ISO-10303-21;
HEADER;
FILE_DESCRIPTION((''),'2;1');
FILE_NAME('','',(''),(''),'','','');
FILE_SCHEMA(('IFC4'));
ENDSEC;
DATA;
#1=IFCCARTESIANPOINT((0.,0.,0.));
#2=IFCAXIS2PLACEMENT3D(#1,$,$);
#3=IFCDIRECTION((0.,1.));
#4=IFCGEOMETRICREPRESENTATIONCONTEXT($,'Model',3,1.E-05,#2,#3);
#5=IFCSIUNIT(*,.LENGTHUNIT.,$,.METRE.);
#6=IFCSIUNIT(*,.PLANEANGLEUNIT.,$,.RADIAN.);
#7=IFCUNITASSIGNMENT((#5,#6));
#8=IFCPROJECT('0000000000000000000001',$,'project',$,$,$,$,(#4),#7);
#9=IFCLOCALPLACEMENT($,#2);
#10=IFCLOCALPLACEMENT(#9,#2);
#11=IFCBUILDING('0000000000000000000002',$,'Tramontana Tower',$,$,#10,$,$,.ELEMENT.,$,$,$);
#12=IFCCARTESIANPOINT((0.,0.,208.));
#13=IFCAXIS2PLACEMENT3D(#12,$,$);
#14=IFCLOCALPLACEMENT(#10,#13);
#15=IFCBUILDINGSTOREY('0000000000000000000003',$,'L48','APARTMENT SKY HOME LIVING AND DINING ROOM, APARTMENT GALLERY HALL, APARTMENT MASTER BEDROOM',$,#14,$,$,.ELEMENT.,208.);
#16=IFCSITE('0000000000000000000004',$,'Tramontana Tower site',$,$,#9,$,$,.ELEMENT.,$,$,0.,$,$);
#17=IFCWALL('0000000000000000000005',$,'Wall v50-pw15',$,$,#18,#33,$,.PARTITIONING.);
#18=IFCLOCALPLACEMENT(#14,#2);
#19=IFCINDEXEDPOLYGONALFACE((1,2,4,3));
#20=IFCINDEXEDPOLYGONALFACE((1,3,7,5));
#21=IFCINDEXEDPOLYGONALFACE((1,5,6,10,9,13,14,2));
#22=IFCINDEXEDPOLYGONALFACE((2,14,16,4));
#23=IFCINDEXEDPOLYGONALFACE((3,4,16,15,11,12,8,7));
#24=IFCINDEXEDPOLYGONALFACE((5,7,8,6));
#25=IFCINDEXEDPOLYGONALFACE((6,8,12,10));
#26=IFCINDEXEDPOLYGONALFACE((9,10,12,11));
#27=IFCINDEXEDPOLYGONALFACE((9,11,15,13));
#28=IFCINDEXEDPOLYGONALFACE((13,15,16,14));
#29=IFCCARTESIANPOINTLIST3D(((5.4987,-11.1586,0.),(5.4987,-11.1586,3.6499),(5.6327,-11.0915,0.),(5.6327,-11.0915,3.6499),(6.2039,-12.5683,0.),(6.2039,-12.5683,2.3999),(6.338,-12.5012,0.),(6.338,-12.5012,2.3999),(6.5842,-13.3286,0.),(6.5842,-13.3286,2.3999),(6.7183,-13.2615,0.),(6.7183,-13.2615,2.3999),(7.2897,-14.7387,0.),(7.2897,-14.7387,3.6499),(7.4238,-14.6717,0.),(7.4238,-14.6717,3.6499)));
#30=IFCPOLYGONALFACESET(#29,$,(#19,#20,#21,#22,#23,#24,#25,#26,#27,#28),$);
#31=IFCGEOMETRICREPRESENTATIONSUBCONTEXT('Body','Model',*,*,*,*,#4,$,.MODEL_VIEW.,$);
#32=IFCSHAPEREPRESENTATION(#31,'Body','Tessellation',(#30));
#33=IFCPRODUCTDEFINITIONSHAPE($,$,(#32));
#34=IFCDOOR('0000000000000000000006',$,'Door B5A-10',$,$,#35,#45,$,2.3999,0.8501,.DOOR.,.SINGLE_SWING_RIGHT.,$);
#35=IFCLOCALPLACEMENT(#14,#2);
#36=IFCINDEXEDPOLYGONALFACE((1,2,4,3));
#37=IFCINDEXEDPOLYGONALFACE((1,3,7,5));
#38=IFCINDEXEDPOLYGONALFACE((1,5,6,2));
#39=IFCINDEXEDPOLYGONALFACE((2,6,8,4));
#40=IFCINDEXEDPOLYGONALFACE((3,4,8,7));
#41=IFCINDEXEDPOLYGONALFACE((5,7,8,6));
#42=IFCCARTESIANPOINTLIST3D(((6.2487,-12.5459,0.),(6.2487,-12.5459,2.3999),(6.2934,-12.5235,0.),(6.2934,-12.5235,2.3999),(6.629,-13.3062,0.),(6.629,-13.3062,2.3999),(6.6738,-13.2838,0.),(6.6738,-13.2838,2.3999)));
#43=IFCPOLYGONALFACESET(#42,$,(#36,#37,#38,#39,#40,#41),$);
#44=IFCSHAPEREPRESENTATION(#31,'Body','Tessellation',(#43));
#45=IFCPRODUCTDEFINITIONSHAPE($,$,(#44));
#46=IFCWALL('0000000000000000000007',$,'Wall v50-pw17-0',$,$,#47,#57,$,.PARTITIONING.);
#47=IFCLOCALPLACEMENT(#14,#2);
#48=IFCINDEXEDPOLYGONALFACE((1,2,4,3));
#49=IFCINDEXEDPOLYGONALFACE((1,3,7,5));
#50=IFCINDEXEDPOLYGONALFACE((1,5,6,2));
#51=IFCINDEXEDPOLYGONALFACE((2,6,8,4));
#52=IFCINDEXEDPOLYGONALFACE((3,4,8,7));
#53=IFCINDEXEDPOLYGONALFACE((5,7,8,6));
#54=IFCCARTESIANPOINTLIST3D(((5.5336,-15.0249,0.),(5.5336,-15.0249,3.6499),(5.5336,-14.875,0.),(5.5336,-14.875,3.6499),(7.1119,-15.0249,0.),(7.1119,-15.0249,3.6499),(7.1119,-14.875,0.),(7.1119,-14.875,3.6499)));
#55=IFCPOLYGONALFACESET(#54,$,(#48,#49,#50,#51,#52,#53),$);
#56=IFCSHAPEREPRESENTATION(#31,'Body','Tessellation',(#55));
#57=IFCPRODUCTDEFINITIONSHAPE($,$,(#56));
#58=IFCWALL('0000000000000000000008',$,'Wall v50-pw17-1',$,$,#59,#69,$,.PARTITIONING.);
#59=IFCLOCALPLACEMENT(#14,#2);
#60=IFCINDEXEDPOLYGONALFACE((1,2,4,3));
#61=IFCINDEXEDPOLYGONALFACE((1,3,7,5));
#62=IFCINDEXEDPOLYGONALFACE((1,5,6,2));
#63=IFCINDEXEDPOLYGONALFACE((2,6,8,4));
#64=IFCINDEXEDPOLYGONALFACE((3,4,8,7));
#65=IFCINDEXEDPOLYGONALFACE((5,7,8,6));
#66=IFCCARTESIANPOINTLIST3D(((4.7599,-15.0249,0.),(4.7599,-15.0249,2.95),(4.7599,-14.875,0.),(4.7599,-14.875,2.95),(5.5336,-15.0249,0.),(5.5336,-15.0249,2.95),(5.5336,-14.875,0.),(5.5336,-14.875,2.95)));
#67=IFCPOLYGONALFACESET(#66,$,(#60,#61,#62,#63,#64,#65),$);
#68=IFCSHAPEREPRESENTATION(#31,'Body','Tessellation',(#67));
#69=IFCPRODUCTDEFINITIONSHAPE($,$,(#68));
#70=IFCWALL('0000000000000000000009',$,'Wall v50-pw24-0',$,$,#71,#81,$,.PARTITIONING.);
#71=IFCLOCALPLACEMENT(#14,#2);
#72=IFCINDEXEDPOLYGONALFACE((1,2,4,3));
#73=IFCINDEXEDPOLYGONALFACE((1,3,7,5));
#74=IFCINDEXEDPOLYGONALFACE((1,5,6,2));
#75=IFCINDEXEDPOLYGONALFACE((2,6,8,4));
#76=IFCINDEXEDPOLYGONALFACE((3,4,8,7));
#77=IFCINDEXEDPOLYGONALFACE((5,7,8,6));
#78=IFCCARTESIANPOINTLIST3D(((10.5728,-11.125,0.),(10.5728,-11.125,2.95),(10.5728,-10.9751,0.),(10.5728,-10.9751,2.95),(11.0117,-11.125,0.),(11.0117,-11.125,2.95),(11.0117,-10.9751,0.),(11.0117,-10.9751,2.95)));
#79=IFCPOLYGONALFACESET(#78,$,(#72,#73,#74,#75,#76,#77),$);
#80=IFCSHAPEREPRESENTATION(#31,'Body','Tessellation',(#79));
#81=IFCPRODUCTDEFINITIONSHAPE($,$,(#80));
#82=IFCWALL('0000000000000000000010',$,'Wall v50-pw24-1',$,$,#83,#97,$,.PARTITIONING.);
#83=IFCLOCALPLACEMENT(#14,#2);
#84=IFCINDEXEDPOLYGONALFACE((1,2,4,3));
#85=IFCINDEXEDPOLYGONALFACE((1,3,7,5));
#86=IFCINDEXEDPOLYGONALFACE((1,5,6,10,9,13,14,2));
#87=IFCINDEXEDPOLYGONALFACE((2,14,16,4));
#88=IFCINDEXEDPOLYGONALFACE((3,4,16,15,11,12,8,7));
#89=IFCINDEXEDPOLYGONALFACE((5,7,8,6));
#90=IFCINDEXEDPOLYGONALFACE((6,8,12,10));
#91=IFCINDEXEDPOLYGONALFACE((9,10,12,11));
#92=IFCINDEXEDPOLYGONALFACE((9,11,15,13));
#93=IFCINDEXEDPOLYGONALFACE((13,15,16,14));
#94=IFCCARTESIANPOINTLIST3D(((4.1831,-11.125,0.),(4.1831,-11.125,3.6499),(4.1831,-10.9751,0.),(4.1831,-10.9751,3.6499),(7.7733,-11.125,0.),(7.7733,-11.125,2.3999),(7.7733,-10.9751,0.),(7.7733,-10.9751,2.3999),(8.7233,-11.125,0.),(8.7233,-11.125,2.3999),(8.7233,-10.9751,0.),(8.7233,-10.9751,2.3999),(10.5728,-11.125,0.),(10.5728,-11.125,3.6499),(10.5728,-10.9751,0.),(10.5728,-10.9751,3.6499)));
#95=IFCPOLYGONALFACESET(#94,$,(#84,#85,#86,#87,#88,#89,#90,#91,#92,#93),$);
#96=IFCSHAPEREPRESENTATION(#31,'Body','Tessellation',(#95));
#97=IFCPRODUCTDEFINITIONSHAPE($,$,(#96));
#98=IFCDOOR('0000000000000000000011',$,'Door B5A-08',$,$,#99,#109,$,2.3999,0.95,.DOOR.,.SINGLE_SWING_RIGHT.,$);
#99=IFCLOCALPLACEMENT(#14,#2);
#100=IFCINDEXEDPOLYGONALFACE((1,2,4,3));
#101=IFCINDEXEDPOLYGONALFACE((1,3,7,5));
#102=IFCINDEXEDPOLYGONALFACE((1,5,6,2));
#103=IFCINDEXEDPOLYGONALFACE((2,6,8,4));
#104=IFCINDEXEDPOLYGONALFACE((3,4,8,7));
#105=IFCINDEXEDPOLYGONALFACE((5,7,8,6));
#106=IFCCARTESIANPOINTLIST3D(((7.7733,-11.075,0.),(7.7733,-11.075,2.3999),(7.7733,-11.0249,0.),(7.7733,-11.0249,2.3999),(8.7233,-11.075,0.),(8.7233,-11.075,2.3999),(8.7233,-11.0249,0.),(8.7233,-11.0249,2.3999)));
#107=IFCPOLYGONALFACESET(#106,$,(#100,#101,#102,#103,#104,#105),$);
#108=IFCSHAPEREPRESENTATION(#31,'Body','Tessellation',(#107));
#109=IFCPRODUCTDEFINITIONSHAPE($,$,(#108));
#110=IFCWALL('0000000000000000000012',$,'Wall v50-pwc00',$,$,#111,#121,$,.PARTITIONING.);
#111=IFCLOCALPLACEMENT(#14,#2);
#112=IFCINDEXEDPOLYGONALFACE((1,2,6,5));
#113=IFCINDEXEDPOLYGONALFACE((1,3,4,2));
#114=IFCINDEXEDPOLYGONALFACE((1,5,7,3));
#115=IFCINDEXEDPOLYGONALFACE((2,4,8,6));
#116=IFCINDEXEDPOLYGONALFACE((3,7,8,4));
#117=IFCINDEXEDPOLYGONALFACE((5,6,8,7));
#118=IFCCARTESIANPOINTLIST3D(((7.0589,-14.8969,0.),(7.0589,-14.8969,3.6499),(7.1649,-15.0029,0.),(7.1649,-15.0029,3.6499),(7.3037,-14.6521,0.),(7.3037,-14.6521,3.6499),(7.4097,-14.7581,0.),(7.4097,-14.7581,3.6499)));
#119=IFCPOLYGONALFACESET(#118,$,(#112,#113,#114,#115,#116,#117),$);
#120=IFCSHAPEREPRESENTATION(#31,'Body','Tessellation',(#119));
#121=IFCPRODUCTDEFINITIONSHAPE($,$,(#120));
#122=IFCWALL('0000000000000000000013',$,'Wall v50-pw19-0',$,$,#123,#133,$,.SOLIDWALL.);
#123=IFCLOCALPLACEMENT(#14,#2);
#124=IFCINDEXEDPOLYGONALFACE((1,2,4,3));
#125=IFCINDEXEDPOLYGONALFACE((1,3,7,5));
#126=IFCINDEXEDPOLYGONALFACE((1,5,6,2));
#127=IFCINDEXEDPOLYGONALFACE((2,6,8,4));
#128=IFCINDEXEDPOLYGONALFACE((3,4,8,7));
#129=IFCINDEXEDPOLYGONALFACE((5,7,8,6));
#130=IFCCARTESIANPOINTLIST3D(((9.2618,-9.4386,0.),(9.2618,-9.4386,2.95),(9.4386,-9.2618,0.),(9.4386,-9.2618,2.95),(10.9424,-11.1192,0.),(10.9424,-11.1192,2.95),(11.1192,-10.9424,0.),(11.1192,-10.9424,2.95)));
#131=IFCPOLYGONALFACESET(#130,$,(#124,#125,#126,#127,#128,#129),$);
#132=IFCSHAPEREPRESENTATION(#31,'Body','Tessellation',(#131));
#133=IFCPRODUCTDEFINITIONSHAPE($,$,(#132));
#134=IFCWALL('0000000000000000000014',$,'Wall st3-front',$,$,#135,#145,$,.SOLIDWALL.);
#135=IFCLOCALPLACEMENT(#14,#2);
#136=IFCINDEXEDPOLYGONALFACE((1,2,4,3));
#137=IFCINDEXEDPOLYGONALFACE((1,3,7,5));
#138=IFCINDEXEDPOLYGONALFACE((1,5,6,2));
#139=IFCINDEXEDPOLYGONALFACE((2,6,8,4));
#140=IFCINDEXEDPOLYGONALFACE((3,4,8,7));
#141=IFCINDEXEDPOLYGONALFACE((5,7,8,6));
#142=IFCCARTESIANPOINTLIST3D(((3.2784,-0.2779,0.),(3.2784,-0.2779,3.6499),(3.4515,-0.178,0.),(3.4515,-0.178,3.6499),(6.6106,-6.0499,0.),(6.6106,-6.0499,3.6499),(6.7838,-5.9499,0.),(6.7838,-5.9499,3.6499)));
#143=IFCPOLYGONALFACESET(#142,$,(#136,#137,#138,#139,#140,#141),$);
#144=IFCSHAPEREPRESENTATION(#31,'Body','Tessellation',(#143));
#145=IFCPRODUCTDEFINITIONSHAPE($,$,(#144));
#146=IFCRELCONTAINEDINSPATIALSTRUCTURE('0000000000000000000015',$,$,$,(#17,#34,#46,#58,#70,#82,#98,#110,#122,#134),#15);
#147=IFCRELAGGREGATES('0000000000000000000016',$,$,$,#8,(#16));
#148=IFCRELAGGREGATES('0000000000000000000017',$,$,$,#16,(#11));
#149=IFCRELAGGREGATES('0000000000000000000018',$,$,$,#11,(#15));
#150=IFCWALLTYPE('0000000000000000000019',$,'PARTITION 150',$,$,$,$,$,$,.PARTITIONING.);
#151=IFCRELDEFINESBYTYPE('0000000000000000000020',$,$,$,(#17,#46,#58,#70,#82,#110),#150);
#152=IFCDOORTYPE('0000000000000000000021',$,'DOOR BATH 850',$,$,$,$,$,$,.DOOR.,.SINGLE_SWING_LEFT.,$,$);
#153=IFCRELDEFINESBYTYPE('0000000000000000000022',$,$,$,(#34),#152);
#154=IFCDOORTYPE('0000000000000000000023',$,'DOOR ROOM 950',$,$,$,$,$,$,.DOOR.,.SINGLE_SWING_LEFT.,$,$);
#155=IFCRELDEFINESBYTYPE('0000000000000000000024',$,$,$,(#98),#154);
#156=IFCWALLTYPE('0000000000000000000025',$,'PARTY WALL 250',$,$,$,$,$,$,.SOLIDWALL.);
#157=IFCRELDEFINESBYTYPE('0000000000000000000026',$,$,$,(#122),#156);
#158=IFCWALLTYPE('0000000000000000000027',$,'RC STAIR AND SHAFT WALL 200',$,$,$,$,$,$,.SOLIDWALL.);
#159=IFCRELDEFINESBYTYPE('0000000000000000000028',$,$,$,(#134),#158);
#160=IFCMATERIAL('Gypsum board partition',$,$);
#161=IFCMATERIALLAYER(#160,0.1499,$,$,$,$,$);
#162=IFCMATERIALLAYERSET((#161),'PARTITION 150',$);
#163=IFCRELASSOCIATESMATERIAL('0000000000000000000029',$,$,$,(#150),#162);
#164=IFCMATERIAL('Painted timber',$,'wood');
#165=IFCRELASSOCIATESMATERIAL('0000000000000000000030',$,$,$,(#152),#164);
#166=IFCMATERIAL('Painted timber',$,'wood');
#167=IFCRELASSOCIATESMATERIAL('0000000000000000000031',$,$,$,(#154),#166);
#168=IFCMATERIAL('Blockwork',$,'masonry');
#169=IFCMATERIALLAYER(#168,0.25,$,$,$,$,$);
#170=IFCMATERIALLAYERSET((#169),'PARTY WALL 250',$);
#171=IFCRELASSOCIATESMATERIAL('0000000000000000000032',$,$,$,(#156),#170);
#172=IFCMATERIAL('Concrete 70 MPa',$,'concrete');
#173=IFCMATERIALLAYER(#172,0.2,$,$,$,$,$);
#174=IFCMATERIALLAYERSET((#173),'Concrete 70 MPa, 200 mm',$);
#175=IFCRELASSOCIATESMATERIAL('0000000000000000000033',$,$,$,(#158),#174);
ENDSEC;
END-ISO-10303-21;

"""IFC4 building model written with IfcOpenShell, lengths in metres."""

from ifc_helpers import new_model, si_unit, direction, frame, frame_2d, origin, place, context, subcontext, project, spatial, rectangle, extrude, material, layer, layer_set, type_object, element, fill, save


model = new_model("IFC4")

# Units and contexts
model_context = context("Model", 3, precision=1e-05, world=origin(), true_north=direction((0.0, 1.0)))
body_context = subcontext(model_context, "Body", "Model", "MODEL_VIEW")
ifc_project = project(units=[si_unit("LENGTHUNIT", "METRE"), si_unit("PLANEANGLEUNIT", "RADIAN")], contexts=[model_context])

# Site, building, storey
site_placement = place(None, origin())
site = spatial("IfcSite", under=ifc_project, at=site_placement, Name="Tramontana Tower site", CompositionType="ELEMENT", RefElevation=0.0)
building_placement = place(site_placement, origin())
building = spatial("IfcBuilding", under=site, at=building_placement, Name="Tramontana Tower", CompositionType="ELEMENT")
storey_placement = place(building_placement, frame((0.0, 0.0, 208.0)))
storey = spatial("IfcBuildingStorey", under=building, at=storey_placement, Name="L48", Description="APARTMENT SKY HOME LIVING AND DINING ROOM, APARTMENT GALLERY HALL, APARTMENT MASTER BEDROOM", CompositionType="ELEMENT", Elevation=208.0)

# Wall, opening, door
ifc_material_1 = material(Name="Gypsum board partition")
ifc_layer_1 = layer(ifc_material_1, 0.1499)
ifc_layer_set_1 = layer_set([ifc_layer_1], Name="PARTITION 150")
wall_type_1 = type_object("IfcWallType", Name="PARTITION 150", PredefinedType="PARTITIONING", material=ifc_layer_set_1)
wall_1_placement = place(storey_placement, frame((7.3567, -14.7051, 0.0), z_axis=(0.0, 0.0, 1.0), x_axis=(-0.447409, 0.89433, 0.0)))
wall_1 = element("IfcWall", 1, at=wall_1_placement, inside=storey, type_object=wall_type_1, Name="Wall v50-pw15", PredefinedType="PARTITIONING", context=body_context, shape_type="SweptSolid", body=[
    extrude(rectangle(XDim=4.0032, YDim=0.1499, at=frame_2d((2.0015, 0.0))), origin(), (0.0, 0.0, 1.0), 3.6499),
])
opening_1_placement = place(wall_1_placement, frame((1.5767, 0.0, 0.0)))
opening_1 = element("IfcOpeningElement", 2, at=opening_1_placement, cuts=wall_1, PredefinedType="OPENING", context=body_context, shape_type="SweptSolid", body=[
    extrude(rectangle(XDim=0.8501, YDim=2.3999, at=frame_2d((0.425, 1.2))), frame((0.0, 0.085, 0.0), z_axis=(0.0, -1.0, 0.0), x_axis=(1.0, 0.0, 0.0)), (0.0, 0.0, 1.0), 0.1699),
])
ifc_material_2 = material(Name="Painted timber", Category="wood")
door_type_1 = type_object("IfcDoorType", Name="DOOR BATH 850", OperationType="SINGLE_SWING_LEFT", PredefinedType="DOOR", material=ifc_material_2)
door_1_placement = place(opening_1_placement, origin())
door_1 = element("IfcDoor", 3, at=door_1_placement, inside=storey, type_object=door_type_1, Name="Door B5A-10", OperationType="SINGLE_SWING_RIGHT", OverallHeight=2.3999, OverallWidth=0.8501, PredefinedType="DOOR", context=body_context, shape_type="SweptSolid", body=[
    extrude(rectangle(XDim=0.8501, YDim=2.3999, at=frame_2d((0.425, 1.2))), frame((0.0, 0.0249, 0.0), z_axis=(0.0, -1.0, 0.0), x_axis=(1.0, 0.0, 0.0)), (0.0, 0.0, 1.0), 0.05),
])
fill(opening_1, door_1)

# Walls
wall_2_placement = place(storey_placement, frame((7.1118, -14.95, 0.0), z_axis=(0.0, 0.0, 1.0), x_axis=(-1.0, 0.0, 0.0)))
element("IfcWall", 4, at=wall_2_placement, inside=storey, type_object=wall_type_1, Name="Wall v50-pw17-0", PredefinedType="PARTITIONING", context=body_context, shape_type="SweptSolid", body=[
    extrude(rectangle(XDim=1.5784, YDim=0.1499, at=frame_2d((0.7891, 0.0))), origin(), (0.0, 0.0, 1.0), 3.6499),
])
wall_3_placement = place(storey_placement, frame((5.5334, -14.95, 0.0), z_axis=(0.0, 0.0, 1.0), x_axis=(-1.0, 0.0, 0.0)))
element("IfcWall", 5, at=wall_3_placement, inside=storey, type_object=wall_type_1, Name="Wall v50-pw17-1", PredefinedType="PARTITIONING", context=body_context, shape_type="SweptSolid", body=[
    extrude(rectangle(XDim=0.7737, YDim=0.1499, at=frame_2d((0.3867, 0.0))), origin(), (0.0, 0.0, 1.0), 2.95),
])
wall_4_placement = place(storey_placement, frame((11.0117, -11.05, 0.0), z_axis=(0.0, 0.0, 1.0), x_axis=(-1.0, 0.0, 0.0)))
element("IfcWall", 6, at=wall_4_placement, inside=storey, type_object=wall_type_1, Name="Wall v50-pw24-0", PredefinedType="PARTITIONING", context=body_context, shape_type="SweptSolid", body=[
    extrude(rectangle(XDim=0.439, YDim=0.1499, at=frame_2d((0.2195, 0.0))), origin(), (0.0, 0.0, 1.0), 2.95),
])

# Wall, opening, door
wall_5_placement = place(storey_placement, frame((10.5728, -11.05, 0.0), z_axis=(0.0, 0.0, 1.0), x_axis=(-1.0, 0.0, 0.0)))
wall_5 = element("IfcWall", 7, at=wall_5_placement, inside=storey, type_object=wall_type_1, Name="Wall v50-pw24-1", PredefinedType="PARTITIONING", context=body_context, shape_type="SweptSolid", body=[
    extrude(rectangle(XDim=6.3896, YDim=0.1499, at=frame_2d((3.1948, 0.0))), origin(), (0.0, 0.0, 1.0), 3.6499),
])
opening_2_placement = place(wall_5_placement, frame((1.8494, 0.0, 0.0)))
opening_2 = element("IfcOpeningElement", 8, at=opening_2_placement, cuts=wall_5, PredefinedType="OPENING", context=body_context, shape_type="SweptSolid", body=[
    extrude(rectangle(XDim=0.95, YDim=2.3999, at=frame_2d((0.4751, 1.2))), frame((0.0, 0.085, 0.0), z_axis=(0.0, -1.0, 0.0), x_axis=(1.0, 0.0, 0.0)), (0.0, 0.0, 1.0), 0.1699),
])
ifc_material_3 = material(Name="Painted timber", Category="wood")
door_type_2 = type_object("IfcDoorType", Name="DOOR ROOM 950", OperationType="SINGLE_SWING_LEFT", PredefinedType="DOOR", material=ifc_material_3)
door_2_placement = place(opening_2_placement, origin())
door_2 = element("IfcDoor", 9, at=door_2_placement, inside=storey, type_object=door_type_2, Name="Door B5A-08", OperationType="SINGLE_SWING_RIGHT", OverallHeight=2.3999, OverallWidth=0.95, PredefinedType="DOOR", context=body_context, shape_type="SweptSolid", body=[
    extrude(rectangle(XDim=0.95, YDim=2.3999, at=frame_2d((0.4751, 1.2))), frame((0.0, 0.0249, 0.0), z_axis=(0.0, -1.0, 0.0), x_axis=(1.0, 0.0, 0.0)), (0.0, 0.0, 1.0), 0.05),
])
fill(opening_2, door_2)

# Walls
wall_6_placement = place(storey_placement, frame((7.3567, -14.7051, 0.0), z_axis=(0.0, 0.0, 1.0), x_axis=(-0.707107, -0.707107, 0.0)))
element("IfcWall", 10, at=wall_6_placement, inside=storey, type_object=wall_type_1, Name="Wall v50-pwc00", PredefinedType="PARTITIONING", context=body_context, shape_type="SweptSolid", body=[
    extrude(rectangle(XDim=0.3462, YDim=0.1499, at=frame_2d((0.1731, 0.0))), origin(), (0.0, 0.0, 1.0), 3.6499),
])
ifc_material_4 = material(Name="Blockwork", Category="masonry")
ifc_layer_2 = layer(ifc_material_4, 0.25)
ifc_layer_set_2 = layer_set([ifc_layer_2], Name="PARTY WALL 250")
wall_type_2 = type_object("IfcWallType", Name="PARTY WALL 250", PredefinedType="SOLIDWALL", material=ifc_layer_set_2)
wall_7_placement = place(storey_placement, frame((9.3501, -9.3501, 0.0), z_axis=(0.0, 0.0, 1.0), x_axis=(0.707107, -0.707107, 0.0)))
element("IfcWall", 11, at=wall_7_placement, inside=storey, type_object=wall_type_2, Name="Wall v50-pw19-0", PredefinedType="SOLIDWALL", context=body_context, shape_type="SweptSolid", body=[
    extrude(rectangle(XDim=2.3767, YDim=0.25, at=frame_2d((1.1885, 0.0))), origin(), (0.0, 0.0, 1.0), 2.95),
])
ifc_material_5 = material(Name="Concrete 70 MPa", Category="concrete")
ifc_layer_3 = layer(ifc_material_5, 0.2)
ifc_layer_set_3 = layer_set([ifc_layer_3], Name="Concrete 70 MPa, 200 mm")
wall_type_3 = type_object("IfcWallType", Name="RC STAIR AND SHAFT WALL 200", PredefinedType="SOLIDWALL", material=ifc_layer_set_3)
wall_8_placement = place(storey_placement, frame((6.6973, -6.0, 0.0), z_axis=(0.0, 0.0, 1.0), x_axis=(-0.49998, 0.866037, 0.0)))
element("IfcWall", 12, at=wall_8_placement, inside=storey, type_object=wall_type_3, Name="Wall st3-front", PredefinedType="SOLIDWALL", context=body_context, shape_type="SweptSolid", body=[
    extrude(rectangle(XDim=6.6648, YDim=0.2, at=frame_2d((3.3325, 0.0))), origin(), (0.0, 0.0, 1.0), 3.6499),
])

save(model, "model.ifc")
